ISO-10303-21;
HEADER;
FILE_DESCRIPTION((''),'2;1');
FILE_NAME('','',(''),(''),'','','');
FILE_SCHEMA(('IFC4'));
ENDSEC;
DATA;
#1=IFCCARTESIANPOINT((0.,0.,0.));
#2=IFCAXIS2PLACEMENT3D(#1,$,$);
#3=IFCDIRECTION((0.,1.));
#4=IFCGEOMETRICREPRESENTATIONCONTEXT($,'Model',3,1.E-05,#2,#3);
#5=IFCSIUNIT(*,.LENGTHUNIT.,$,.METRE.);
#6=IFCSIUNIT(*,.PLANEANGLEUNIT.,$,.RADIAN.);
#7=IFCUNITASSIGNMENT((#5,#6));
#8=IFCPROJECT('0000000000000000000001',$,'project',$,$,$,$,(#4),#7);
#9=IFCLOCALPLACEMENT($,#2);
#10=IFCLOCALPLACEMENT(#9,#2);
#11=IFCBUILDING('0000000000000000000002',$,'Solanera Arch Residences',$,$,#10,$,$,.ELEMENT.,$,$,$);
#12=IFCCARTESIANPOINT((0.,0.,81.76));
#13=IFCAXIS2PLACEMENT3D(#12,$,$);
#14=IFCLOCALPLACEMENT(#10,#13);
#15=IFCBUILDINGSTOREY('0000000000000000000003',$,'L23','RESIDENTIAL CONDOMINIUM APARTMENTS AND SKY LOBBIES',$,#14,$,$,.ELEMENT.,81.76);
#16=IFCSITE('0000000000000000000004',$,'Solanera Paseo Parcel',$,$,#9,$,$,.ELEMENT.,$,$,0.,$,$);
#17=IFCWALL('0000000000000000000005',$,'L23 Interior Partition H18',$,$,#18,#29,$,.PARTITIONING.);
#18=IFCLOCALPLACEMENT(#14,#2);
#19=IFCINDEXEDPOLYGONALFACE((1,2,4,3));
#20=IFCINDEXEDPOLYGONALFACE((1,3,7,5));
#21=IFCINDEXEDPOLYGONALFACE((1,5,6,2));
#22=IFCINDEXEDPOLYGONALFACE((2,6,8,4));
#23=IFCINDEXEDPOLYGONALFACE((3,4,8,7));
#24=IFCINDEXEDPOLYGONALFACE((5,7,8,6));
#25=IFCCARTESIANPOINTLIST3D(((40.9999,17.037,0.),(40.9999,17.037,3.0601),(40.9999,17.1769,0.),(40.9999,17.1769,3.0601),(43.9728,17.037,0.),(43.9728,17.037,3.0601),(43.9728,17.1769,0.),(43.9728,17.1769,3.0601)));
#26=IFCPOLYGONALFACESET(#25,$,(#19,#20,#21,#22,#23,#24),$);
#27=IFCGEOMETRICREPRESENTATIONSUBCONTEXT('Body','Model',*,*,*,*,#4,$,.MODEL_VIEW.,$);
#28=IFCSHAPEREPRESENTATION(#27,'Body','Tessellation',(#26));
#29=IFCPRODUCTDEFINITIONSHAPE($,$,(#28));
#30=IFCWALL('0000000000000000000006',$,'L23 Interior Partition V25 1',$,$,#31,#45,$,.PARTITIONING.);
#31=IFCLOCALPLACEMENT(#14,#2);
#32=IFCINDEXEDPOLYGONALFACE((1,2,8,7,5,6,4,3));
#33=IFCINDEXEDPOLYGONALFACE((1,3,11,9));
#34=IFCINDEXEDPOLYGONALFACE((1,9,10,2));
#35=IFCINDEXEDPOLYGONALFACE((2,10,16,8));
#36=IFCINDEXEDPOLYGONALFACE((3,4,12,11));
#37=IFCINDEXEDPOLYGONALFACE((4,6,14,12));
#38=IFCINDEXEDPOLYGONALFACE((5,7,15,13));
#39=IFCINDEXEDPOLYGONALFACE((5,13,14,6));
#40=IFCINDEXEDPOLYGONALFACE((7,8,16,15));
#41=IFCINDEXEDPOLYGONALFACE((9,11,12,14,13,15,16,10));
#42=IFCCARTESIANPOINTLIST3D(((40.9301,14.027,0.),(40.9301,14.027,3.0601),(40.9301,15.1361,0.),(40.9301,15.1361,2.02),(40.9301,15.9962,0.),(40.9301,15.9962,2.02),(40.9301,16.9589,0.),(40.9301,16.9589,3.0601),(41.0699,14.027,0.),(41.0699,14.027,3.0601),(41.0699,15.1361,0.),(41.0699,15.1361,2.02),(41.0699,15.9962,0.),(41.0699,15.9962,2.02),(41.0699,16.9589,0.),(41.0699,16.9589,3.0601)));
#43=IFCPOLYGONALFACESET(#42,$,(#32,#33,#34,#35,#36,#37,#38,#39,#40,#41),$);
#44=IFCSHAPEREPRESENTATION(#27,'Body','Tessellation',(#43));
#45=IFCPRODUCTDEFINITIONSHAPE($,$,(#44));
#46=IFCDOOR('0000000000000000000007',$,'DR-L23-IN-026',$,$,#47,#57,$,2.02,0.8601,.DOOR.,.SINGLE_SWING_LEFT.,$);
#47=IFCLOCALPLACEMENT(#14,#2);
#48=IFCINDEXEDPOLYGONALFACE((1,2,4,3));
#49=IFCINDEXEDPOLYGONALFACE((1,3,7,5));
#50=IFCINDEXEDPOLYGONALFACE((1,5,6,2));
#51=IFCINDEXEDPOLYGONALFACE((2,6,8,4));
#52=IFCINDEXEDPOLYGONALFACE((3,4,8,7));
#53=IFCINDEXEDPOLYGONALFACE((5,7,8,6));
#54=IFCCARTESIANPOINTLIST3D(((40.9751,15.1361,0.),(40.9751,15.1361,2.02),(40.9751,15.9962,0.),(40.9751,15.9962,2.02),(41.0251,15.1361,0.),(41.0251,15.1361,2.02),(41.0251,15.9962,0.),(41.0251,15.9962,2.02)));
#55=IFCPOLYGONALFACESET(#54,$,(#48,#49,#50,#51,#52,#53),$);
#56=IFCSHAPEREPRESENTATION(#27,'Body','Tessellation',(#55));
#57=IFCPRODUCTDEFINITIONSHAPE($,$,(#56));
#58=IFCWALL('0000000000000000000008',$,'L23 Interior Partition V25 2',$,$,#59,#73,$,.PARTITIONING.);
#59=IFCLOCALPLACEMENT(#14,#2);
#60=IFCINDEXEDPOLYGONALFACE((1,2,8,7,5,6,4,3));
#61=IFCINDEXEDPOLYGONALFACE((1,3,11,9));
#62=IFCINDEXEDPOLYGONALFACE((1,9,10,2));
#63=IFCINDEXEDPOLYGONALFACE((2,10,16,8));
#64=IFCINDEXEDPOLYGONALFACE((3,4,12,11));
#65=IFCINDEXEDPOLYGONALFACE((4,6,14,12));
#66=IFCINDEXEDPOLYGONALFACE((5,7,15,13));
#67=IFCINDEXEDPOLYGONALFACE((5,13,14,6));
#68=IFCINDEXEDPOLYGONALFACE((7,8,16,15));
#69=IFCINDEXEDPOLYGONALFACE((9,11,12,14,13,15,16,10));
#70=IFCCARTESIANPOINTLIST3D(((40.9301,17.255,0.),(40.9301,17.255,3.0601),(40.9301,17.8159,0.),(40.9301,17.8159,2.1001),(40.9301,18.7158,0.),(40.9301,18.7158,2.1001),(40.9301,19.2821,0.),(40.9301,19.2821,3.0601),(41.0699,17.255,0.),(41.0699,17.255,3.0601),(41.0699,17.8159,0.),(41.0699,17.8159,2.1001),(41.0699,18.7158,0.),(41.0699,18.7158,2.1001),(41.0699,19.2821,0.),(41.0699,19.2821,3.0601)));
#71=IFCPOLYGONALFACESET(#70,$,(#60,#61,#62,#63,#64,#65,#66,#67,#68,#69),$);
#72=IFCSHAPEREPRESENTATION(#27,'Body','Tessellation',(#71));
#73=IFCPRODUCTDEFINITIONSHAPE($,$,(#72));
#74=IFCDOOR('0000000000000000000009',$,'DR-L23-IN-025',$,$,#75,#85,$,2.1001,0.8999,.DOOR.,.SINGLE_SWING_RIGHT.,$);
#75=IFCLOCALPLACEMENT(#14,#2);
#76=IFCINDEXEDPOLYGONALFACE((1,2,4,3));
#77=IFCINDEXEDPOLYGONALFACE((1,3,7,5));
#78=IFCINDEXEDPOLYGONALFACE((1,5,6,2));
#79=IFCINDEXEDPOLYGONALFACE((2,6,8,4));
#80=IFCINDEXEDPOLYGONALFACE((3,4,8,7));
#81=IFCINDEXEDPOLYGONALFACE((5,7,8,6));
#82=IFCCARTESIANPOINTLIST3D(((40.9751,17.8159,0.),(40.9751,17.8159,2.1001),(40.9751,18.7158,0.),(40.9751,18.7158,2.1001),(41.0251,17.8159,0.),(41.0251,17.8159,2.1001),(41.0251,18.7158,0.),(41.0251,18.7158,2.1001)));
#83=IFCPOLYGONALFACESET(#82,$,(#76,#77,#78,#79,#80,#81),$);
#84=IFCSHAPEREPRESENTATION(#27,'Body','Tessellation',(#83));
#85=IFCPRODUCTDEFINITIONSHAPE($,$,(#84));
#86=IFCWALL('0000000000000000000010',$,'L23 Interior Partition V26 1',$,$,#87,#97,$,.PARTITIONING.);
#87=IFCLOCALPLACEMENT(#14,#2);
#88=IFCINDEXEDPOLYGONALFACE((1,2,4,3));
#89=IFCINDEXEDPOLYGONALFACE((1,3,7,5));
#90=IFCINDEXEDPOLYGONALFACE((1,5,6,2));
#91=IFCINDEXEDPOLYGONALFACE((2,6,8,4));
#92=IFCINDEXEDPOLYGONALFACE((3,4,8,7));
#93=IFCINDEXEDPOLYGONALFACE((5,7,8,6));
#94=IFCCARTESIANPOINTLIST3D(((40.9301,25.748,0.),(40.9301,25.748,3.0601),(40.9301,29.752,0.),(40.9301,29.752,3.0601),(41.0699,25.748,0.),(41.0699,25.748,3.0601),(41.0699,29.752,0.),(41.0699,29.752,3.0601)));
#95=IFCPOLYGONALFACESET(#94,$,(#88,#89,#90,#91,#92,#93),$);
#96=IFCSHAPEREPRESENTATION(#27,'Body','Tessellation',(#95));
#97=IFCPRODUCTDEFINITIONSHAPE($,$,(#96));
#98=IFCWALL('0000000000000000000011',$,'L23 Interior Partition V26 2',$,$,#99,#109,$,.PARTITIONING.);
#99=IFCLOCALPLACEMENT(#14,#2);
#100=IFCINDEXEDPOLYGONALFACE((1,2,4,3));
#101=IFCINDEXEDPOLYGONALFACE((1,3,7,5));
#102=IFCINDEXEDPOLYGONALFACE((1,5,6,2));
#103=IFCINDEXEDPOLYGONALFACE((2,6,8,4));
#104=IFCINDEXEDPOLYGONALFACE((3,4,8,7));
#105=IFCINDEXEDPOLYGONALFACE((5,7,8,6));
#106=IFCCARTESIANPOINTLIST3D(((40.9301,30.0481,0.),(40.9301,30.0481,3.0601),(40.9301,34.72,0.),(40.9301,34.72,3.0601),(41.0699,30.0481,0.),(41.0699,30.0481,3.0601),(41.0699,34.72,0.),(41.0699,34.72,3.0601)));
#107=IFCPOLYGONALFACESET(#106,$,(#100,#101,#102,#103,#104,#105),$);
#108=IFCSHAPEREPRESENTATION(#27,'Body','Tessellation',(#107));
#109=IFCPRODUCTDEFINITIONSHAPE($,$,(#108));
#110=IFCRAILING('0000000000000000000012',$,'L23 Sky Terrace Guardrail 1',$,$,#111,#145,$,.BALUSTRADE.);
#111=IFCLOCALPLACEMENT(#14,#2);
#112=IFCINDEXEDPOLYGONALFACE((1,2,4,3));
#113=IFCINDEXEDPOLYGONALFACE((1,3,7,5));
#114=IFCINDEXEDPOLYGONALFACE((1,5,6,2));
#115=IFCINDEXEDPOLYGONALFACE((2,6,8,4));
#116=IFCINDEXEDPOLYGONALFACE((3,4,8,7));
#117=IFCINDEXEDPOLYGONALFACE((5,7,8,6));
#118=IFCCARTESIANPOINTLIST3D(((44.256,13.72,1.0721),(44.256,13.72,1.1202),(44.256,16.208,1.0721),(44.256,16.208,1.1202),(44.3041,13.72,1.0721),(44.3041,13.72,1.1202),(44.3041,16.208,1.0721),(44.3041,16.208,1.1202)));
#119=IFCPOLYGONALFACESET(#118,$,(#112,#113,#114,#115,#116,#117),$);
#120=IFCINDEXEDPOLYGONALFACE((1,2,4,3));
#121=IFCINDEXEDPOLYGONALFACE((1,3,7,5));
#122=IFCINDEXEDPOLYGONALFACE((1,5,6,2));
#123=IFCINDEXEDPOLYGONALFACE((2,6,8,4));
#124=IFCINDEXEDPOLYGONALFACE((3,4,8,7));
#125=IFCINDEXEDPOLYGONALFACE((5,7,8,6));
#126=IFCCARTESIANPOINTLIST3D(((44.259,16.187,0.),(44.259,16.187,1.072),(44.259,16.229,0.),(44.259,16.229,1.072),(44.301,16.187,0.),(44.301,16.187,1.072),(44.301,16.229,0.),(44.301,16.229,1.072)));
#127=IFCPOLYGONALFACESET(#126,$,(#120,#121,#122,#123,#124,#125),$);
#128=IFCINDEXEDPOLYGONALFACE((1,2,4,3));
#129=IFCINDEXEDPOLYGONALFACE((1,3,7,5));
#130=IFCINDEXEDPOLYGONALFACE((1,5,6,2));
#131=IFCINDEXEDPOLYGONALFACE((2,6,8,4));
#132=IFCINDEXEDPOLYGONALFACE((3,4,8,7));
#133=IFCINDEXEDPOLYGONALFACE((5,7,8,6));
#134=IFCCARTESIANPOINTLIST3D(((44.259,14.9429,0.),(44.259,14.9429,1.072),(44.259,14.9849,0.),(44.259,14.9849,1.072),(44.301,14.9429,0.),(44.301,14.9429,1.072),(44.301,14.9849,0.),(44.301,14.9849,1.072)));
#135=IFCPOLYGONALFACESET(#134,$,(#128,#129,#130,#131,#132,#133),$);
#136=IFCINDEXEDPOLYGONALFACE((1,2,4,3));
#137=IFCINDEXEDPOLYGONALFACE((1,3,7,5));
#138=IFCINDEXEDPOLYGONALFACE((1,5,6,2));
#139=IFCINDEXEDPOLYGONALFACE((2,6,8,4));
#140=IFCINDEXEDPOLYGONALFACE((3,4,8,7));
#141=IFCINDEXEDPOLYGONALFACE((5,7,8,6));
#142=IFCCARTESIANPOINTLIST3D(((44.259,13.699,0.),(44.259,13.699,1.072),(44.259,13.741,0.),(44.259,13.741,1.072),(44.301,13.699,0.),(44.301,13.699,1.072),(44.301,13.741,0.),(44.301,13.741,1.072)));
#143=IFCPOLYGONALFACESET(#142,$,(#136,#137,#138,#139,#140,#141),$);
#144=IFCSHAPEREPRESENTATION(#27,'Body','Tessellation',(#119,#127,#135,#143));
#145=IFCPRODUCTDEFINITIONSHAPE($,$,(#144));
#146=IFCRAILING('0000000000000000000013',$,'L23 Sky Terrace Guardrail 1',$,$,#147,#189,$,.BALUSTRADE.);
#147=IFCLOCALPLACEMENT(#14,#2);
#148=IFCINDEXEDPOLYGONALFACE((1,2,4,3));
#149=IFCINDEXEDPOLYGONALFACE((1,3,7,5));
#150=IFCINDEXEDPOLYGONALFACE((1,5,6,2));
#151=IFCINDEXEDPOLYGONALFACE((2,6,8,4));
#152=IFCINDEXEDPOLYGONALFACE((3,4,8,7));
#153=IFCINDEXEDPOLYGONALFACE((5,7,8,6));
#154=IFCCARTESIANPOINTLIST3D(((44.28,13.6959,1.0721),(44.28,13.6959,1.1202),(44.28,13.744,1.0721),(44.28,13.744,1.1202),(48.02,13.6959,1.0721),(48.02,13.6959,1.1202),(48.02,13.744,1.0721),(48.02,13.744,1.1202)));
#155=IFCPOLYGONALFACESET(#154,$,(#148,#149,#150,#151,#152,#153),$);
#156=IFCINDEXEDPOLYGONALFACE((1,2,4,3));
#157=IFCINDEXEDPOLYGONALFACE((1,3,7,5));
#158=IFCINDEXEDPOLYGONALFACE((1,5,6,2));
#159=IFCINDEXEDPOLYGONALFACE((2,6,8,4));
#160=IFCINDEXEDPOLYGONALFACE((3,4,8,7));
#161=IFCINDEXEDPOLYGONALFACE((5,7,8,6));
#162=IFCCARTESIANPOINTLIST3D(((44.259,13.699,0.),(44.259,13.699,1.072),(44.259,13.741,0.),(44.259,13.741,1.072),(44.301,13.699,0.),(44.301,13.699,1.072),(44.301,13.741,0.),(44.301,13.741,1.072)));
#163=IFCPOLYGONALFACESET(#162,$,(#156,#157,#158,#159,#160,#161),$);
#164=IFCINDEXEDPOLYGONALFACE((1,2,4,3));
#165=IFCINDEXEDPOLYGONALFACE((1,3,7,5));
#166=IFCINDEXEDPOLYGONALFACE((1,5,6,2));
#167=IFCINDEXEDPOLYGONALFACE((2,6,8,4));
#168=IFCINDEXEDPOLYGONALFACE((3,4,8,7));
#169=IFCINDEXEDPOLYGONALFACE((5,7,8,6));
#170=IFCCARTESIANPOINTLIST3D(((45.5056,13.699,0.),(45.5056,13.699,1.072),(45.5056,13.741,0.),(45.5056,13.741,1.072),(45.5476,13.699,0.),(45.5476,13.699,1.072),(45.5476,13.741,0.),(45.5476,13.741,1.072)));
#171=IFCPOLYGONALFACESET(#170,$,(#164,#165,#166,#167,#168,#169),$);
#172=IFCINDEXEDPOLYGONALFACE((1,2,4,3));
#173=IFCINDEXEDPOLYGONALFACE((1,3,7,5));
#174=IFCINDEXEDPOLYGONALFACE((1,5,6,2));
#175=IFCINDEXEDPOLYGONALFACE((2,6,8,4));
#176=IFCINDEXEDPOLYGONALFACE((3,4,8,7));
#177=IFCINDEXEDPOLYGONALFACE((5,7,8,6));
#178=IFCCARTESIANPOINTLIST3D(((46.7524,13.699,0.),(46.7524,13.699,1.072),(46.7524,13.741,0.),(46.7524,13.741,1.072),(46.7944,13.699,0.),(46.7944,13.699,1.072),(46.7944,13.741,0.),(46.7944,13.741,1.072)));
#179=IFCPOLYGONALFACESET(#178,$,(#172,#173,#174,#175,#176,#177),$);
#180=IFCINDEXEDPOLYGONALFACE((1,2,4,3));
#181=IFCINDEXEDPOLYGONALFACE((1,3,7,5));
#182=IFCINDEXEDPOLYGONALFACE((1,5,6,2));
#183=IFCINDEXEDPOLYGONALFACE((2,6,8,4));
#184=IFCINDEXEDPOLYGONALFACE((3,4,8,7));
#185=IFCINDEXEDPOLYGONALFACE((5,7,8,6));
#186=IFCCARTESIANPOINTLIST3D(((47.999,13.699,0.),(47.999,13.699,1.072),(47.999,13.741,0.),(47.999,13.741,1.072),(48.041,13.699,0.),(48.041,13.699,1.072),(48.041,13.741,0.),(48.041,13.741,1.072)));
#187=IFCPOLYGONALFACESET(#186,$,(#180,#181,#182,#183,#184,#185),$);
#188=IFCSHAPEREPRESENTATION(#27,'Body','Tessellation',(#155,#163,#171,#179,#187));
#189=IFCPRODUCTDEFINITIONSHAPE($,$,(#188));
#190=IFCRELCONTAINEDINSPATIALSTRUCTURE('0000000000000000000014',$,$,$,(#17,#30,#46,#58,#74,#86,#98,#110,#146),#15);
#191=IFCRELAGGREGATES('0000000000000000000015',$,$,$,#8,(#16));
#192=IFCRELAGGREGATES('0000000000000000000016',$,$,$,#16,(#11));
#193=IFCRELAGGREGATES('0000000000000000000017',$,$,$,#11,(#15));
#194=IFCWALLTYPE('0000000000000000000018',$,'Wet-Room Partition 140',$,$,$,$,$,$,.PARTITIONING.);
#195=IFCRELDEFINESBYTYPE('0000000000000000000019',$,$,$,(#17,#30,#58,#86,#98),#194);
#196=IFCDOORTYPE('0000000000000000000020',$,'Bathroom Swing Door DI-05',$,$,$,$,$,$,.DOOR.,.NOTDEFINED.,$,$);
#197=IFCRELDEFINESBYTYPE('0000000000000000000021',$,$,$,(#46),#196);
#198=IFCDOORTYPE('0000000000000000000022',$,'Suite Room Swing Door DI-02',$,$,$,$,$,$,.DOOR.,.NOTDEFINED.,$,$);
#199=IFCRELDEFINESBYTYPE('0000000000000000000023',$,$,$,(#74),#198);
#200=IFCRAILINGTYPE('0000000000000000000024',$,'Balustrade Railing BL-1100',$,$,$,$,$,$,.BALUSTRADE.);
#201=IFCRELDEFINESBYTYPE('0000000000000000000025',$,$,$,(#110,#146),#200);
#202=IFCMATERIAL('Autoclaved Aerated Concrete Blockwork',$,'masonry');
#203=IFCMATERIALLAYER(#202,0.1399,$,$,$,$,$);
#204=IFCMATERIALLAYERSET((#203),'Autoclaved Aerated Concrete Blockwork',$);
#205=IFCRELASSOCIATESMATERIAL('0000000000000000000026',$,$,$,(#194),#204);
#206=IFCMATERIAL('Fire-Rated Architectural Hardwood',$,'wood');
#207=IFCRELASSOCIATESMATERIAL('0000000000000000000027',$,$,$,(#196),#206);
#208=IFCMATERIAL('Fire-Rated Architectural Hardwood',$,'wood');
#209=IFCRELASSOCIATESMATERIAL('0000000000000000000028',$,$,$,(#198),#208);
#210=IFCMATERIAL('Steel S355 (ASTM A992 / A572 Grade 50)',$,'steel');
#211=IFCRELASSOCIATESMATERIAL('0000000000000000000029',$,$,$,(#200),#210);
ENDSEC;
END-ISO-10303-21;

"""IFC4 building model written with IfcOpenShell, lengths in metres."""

from ifc_helpers import new_model, si_unit, direction, frame, frame_2d, origin, origin_2d, place, context, subcontext, project, spatial, rectangle, extrude, material, layer, layer_set, type_object, element, fill, save


model = new_model("IFC4")

# Units and contexts
model_context = context("Model", 3, precision=1e-05, world=origin(), true_north=direction((0.0, 1.0)))
body_context = subcontext(model_context, "Body", "Model", "MODEL_VIEW")
ifc_project = project(units=[si_unit("LENGTHUNIT", "METRE"), si_unit("PLANEANGLEUNIT", "RADIAN")], contexts=[model_context])

# Site, building, storey
site_placement = place(None, origin())
site = spatial("IfcSite", under=ifc_project, at=site_placement, Name="Solanera Paseo Parcel", CompositionType="ELEMENT", RefElevation=0.0)
building_placement = place(site_placement, origin())
building = spatial("IfcBuilding", under=site, at=building_placement, Name="Solanera Arch Residences", CompositionType="ELEMENT")
storey_placement = place(building_placement, frame((0.0, 0.0, 81.76)))
storey = spatial("IfcBuildingStorey", under=building, at=storey_placement, Name="L23", Description="RESIDENTIAL CONDOMINIUM APARTMENTS AND SKY LOBBIES", CompositionType="ELEMENT", Elevation=81.76)

# Wall
ifc_material_1 = material(Name="Autoclaved Aerated Concrete Blockwork", Category="masonry")
ifc_layer_1 = layer(ifc_material_1, 0.1399)
ifc_layer_set_1 = layer_set([ifc_layer_1], Name="Autoclaved Aerated Concrete Blockwork")
wall_type_1 = type_object("IfcWallType", Name="Wet-Room Partition 140", PredefinedType="PARTITIONING", material=ifc_layer_set_1)
wall_1_placement = place(storey_placement, frame((41.0, 17.1069, 0.0), z_axis=(0.0, 0.0, 1.0), x_axis=(1.0, 0.0, 0.0)))
element("IfcWall", 1, at=wall_1_placement, inside=storey, type_object=wall_type_1, Name="L23 Interior Partition H18", PredefinedType="PARTITIONING", context=body_context, shape_type="SweptSolid", body=[
    extrude(rectangle(XDim=2.9729, YDim=0.1399, at=frame_2d((1.4863, 0.0))), origin(), (0.0, 0.0, 1.0), 3.0601),
])

# Walls, openings, doors
wall_2_placement = place(storey_placement, frame((41.0, 14.0271, 0.0), z_axis=(0.0, 0.0, 1.0), x_axis=(0.0, 1.0, 0.0)))
wall_2 = element("IfcWall", 2, at=wall_2_placement, inside=storey, type_object=wall_type_1, Name="L23 Interior Partition V25 1", PredefinedType="PARTITIONING", context=body_context, shape_type="SweptSolid", body=[
    extrude(rectangle(XDim=2.9319, YDim=0.1399, at=frame_2d((1.4658, 0.0))), origin(), (0.0, 0.0, 1.0), 3.0601),
])
opening_1_placement = place(wall_2_placement, frame((1.1089, 0.0, 0.0)))
opening_1 = element("IfcOpeningElement", 3, at=opening_1_placement, cuts=wall_2, PredefinedType="OPENING", context=body_context, shape_type="SweptSolid", body=[
    extrude(rectangle(XDim=0.8601, YDim=2.02, at=frame_2d((0.4302, 1.01))), frame((0.0, 0.0798, 0.0), z_axis=(0.0, -1.0, 0.0), x_axis=(1.0, 0.0, 0.0)), (0.0, 0.0, 1.0), 0.1599),
])
ifc_material_2 = material(Name="Fire-Rated Architectural Hardwood", Category="wood")
door_type_1 = type_object("IfcDoorType", Name="Bathroom Swing Door DI-05", OperationType="NOTDEFINED", PredefinedType="DOOR", material=ifc_material_2)
door_1_placement = place(opening_1_placement, origin())
door_1 = element("IfcDoor", 4, at=door_1_placement, inside=storey, type_object=door_type_1, Name="DR-L23-IN-026", OperationType="SINGLE_SWING_LEFT", OverallHeight=2.02, OverallWidth=0.8601, PredefinedType="DOOR", context=body_context, shape_type="SweptSolid", body=[
    extrude(rectangle(XDim=0.8601, YDim=2.02, at=frame_2d((0.4302, 1.01))), frame((0.0, 0.0249, 0.0), z_axis=(0.0, -1.0, 0.0), x_axis=(1.0, 0.0, 0.0)), (0.0, 0.0, 1.0), 0.05),
])
fill(opening_1, door_1)
wall_3_placement = place(storey_placement, frame((41.0, 17.2549, 0.0), z_axis=(0.0, 0.0, 1.0), x_axis=(0.0, 1.0, 0.0)))
wall_3 = element("IfcWall", 5, at=wall_3_placement, inside=storey, type_object=wall_type_1, Name="L23 Interior Partition V25 2", PredefinedType="PARTITIONING", context=body_context, shape_type="SweptSolid", body=[
    extrude(rectangle(XDim=2.0271, YDim=0.1399, at=frame_2d((1.0137, 0.0))), origin(), (0.0, 0.0, 1.0), 3.0601),
])
opening_2_placement = place(wall_3_placement, frame((0.561, 0.0, 0.0)))
opening_2 = element("IfcOpeningElement", 6, at=opening_2_placement, cuts=wall_3, PredefinedType="OPENING", context=body_context, shape_type="SweptSolid", body=[
    extrude(rectangle(XDim=0.8999, YDim=2.1001, at=frame_2d((0.45, 1.05))), frame((0.0, 0.0798, 0.0), z_axis=(0.0, -1.0, 0.0), x_axis=(1.0, 0.0, 0.0)), (0.0, 0.0, 1.0), 0.1599),
])
ifc_material_3 = material(Name="Fire-Rated Architectural Hardwood", Category="wood")
door_type_2 = type_object("IfcDoorType", Name="Suite Room Swing Door DI-02", OperationType="NOTDEFINED", PredefinedType="DOOR", material=ifc_material_3)
door_2_placement = place(opening_2_placement, origin())
door_2 = element("IfcDoor", 7, at=door_2_placement, inside=storey, type_object=door_type_2, Name="DR-L23-IN-025", OperationType="SINGLE_SWING_RIGHT", OverallHeight=2.1001, OverallWidth=0.8999, PredefinedType="DOOR", context=body_context, shape_type="SweptSolid", body=[
    extrude(rectangle(XDim=0.8999, YDim=2.1001, at=frame_2d((0.45, 1.05))), frame((0.0, 0.0249, 0.0), z_axis=(0.0, -1.0, 0.0), x_axis=(1.0, 0.0, 0.0)), (0.0, 0.0, 1.0), 0.05),
])
fill(opening_2, door_2)

# Walls
wall_4_placement = place(storey_placement, frame((41.0, 25.748, 0.0), z_axis=(0.0, 0.0, 1.0), x_axis=(0.0, 1.0, 0.0)))
element("IfcWall", 8, at=wall_4_placement, inside=storey, type_object=wall_type_1, Name="L23 Interior Partition V26 1", PredefinedType="PARTITIONING", context=body_context, shape_type="SweptSolid", body=[
    extrude(rectangle(XDim=4.0039, YDim=0.1399, at=frame_2d((2.002, 0.0))), origin(), (0.0, 0.0, 1.0), 3.0601),
])
wall_5_placement = place(storey_placement, frame((41.0, 30.0481, 0.0), z_axis=(0.0, 0.0, 1.0), x_axis=(0.0, 1.0, 0.0)))
element("IfcWall", 9, at=wall_5_placement, inside=storey, type_object=wall_type_1, Name="L23 Interior Partition V26 2", PredefinedType="PARTITIONING", context=body_context, shape_type="SweptSolid", body=[
    extrude(rectangle(XDim=4.6719, YDim=0.1399, at=frame_2d((2.3359, 0.0))), origin(), (0.0, 0.0, 1.0), 3.0601),
])

# Railings
ifc_material_4 = material(Name="Steel S355 (ASTM A992 / A572 Grade 50)", Category="steel")
railing_type = type_object("IfcRailingType", Name="Balustrade Railing BL-1100", PredefinedType="BALUSTRADE", material=ifc_material_4)
railing_1_placement = place(storey_placement, frame((44.28, 16.208, 0.0)))
element("IfcRailing", 10, at=railing_1_placement, inside=storey, type_object=railing_type, Name="L23 Sky Terrace Guardrail 1", PredefinedType="BALUSTRADE", context=body_context, shape_type="SweptSolid", body=[
    extrude(rectangle(XDim=0.0481, YDim=0.0481, at=origin_2d()), frame((0.0, 0.0, 1.0962), z_axis=(0.0, -1.0, 0.0), x_axis=(1.0, 0.0, 0.0)), (0.0, 0.0, 1.0), 2.488),
    extrude(rectangle(XDim=0.042, YDim=0.042, at=origin_2d()), origin(), (0.0, 0.0, 1.0), 1.072),
    extrude(rectangle(XDim=0.042, YDim=0.042, at=origin_2d()), frame((0.0, -1.2441, 0.0)), (0.0, 0.0, 1.0), 1.072),
    extrude(rectangle(XDim=0.042, YDim=0.042, at=origin_2d()), frame((0.0, -2.488, 0.0)), (0.0, 0.0, 1.0), 1.072),
])
railing_2_placement = place(storey_placement, frame((44.28, 13.72, 0.0)))
element("IfcRailing", 11, at=railing_2_placement, inside=storey, type_object=railing_type, Name="L23 Sky Terrace Guardrail 1", PredefinedType="BALUSTRADE", context=body_context, shape_type="SweptSolid", body=[
    extrude(rectangle(XDim=0.0481, YDim=0.0481, at=origin_2d()), frame((0.0, 0.0, 1.0962), z_axis=(1.0, 0.0, 0.0), x_axis=(0.0, 1.0, 0.0)), (0.0, 0.0, 1.0), 3.74),
    extrude(rectangle(XDim=0.042, YDim=0.042, at=origin_2d()), origin(), (0.0, 0.0, 1.0), 1.072),
    extrude(rectangle(XDim=0.042, YDim=0.042, at=origin_2d()), frame((1.2466, 0.0, 0.0)), (0.0, 0.0, 1.0), 1.072),
    extrude(rectangle(XDim=0.042, YDim=0.042, at=origin_2d()), frame((2.4934, 0.0, 0.0)), (0.0, 0.0, 1.0), 1.072),
    extrude(rectangle(XDim=0.042, YDim=0.042, at=origin_2d()), frame((3.74, 0.0, 0.0)), (0.0, 0.0, 1.0), 1.072),
])

save(model, "model.ifc")
